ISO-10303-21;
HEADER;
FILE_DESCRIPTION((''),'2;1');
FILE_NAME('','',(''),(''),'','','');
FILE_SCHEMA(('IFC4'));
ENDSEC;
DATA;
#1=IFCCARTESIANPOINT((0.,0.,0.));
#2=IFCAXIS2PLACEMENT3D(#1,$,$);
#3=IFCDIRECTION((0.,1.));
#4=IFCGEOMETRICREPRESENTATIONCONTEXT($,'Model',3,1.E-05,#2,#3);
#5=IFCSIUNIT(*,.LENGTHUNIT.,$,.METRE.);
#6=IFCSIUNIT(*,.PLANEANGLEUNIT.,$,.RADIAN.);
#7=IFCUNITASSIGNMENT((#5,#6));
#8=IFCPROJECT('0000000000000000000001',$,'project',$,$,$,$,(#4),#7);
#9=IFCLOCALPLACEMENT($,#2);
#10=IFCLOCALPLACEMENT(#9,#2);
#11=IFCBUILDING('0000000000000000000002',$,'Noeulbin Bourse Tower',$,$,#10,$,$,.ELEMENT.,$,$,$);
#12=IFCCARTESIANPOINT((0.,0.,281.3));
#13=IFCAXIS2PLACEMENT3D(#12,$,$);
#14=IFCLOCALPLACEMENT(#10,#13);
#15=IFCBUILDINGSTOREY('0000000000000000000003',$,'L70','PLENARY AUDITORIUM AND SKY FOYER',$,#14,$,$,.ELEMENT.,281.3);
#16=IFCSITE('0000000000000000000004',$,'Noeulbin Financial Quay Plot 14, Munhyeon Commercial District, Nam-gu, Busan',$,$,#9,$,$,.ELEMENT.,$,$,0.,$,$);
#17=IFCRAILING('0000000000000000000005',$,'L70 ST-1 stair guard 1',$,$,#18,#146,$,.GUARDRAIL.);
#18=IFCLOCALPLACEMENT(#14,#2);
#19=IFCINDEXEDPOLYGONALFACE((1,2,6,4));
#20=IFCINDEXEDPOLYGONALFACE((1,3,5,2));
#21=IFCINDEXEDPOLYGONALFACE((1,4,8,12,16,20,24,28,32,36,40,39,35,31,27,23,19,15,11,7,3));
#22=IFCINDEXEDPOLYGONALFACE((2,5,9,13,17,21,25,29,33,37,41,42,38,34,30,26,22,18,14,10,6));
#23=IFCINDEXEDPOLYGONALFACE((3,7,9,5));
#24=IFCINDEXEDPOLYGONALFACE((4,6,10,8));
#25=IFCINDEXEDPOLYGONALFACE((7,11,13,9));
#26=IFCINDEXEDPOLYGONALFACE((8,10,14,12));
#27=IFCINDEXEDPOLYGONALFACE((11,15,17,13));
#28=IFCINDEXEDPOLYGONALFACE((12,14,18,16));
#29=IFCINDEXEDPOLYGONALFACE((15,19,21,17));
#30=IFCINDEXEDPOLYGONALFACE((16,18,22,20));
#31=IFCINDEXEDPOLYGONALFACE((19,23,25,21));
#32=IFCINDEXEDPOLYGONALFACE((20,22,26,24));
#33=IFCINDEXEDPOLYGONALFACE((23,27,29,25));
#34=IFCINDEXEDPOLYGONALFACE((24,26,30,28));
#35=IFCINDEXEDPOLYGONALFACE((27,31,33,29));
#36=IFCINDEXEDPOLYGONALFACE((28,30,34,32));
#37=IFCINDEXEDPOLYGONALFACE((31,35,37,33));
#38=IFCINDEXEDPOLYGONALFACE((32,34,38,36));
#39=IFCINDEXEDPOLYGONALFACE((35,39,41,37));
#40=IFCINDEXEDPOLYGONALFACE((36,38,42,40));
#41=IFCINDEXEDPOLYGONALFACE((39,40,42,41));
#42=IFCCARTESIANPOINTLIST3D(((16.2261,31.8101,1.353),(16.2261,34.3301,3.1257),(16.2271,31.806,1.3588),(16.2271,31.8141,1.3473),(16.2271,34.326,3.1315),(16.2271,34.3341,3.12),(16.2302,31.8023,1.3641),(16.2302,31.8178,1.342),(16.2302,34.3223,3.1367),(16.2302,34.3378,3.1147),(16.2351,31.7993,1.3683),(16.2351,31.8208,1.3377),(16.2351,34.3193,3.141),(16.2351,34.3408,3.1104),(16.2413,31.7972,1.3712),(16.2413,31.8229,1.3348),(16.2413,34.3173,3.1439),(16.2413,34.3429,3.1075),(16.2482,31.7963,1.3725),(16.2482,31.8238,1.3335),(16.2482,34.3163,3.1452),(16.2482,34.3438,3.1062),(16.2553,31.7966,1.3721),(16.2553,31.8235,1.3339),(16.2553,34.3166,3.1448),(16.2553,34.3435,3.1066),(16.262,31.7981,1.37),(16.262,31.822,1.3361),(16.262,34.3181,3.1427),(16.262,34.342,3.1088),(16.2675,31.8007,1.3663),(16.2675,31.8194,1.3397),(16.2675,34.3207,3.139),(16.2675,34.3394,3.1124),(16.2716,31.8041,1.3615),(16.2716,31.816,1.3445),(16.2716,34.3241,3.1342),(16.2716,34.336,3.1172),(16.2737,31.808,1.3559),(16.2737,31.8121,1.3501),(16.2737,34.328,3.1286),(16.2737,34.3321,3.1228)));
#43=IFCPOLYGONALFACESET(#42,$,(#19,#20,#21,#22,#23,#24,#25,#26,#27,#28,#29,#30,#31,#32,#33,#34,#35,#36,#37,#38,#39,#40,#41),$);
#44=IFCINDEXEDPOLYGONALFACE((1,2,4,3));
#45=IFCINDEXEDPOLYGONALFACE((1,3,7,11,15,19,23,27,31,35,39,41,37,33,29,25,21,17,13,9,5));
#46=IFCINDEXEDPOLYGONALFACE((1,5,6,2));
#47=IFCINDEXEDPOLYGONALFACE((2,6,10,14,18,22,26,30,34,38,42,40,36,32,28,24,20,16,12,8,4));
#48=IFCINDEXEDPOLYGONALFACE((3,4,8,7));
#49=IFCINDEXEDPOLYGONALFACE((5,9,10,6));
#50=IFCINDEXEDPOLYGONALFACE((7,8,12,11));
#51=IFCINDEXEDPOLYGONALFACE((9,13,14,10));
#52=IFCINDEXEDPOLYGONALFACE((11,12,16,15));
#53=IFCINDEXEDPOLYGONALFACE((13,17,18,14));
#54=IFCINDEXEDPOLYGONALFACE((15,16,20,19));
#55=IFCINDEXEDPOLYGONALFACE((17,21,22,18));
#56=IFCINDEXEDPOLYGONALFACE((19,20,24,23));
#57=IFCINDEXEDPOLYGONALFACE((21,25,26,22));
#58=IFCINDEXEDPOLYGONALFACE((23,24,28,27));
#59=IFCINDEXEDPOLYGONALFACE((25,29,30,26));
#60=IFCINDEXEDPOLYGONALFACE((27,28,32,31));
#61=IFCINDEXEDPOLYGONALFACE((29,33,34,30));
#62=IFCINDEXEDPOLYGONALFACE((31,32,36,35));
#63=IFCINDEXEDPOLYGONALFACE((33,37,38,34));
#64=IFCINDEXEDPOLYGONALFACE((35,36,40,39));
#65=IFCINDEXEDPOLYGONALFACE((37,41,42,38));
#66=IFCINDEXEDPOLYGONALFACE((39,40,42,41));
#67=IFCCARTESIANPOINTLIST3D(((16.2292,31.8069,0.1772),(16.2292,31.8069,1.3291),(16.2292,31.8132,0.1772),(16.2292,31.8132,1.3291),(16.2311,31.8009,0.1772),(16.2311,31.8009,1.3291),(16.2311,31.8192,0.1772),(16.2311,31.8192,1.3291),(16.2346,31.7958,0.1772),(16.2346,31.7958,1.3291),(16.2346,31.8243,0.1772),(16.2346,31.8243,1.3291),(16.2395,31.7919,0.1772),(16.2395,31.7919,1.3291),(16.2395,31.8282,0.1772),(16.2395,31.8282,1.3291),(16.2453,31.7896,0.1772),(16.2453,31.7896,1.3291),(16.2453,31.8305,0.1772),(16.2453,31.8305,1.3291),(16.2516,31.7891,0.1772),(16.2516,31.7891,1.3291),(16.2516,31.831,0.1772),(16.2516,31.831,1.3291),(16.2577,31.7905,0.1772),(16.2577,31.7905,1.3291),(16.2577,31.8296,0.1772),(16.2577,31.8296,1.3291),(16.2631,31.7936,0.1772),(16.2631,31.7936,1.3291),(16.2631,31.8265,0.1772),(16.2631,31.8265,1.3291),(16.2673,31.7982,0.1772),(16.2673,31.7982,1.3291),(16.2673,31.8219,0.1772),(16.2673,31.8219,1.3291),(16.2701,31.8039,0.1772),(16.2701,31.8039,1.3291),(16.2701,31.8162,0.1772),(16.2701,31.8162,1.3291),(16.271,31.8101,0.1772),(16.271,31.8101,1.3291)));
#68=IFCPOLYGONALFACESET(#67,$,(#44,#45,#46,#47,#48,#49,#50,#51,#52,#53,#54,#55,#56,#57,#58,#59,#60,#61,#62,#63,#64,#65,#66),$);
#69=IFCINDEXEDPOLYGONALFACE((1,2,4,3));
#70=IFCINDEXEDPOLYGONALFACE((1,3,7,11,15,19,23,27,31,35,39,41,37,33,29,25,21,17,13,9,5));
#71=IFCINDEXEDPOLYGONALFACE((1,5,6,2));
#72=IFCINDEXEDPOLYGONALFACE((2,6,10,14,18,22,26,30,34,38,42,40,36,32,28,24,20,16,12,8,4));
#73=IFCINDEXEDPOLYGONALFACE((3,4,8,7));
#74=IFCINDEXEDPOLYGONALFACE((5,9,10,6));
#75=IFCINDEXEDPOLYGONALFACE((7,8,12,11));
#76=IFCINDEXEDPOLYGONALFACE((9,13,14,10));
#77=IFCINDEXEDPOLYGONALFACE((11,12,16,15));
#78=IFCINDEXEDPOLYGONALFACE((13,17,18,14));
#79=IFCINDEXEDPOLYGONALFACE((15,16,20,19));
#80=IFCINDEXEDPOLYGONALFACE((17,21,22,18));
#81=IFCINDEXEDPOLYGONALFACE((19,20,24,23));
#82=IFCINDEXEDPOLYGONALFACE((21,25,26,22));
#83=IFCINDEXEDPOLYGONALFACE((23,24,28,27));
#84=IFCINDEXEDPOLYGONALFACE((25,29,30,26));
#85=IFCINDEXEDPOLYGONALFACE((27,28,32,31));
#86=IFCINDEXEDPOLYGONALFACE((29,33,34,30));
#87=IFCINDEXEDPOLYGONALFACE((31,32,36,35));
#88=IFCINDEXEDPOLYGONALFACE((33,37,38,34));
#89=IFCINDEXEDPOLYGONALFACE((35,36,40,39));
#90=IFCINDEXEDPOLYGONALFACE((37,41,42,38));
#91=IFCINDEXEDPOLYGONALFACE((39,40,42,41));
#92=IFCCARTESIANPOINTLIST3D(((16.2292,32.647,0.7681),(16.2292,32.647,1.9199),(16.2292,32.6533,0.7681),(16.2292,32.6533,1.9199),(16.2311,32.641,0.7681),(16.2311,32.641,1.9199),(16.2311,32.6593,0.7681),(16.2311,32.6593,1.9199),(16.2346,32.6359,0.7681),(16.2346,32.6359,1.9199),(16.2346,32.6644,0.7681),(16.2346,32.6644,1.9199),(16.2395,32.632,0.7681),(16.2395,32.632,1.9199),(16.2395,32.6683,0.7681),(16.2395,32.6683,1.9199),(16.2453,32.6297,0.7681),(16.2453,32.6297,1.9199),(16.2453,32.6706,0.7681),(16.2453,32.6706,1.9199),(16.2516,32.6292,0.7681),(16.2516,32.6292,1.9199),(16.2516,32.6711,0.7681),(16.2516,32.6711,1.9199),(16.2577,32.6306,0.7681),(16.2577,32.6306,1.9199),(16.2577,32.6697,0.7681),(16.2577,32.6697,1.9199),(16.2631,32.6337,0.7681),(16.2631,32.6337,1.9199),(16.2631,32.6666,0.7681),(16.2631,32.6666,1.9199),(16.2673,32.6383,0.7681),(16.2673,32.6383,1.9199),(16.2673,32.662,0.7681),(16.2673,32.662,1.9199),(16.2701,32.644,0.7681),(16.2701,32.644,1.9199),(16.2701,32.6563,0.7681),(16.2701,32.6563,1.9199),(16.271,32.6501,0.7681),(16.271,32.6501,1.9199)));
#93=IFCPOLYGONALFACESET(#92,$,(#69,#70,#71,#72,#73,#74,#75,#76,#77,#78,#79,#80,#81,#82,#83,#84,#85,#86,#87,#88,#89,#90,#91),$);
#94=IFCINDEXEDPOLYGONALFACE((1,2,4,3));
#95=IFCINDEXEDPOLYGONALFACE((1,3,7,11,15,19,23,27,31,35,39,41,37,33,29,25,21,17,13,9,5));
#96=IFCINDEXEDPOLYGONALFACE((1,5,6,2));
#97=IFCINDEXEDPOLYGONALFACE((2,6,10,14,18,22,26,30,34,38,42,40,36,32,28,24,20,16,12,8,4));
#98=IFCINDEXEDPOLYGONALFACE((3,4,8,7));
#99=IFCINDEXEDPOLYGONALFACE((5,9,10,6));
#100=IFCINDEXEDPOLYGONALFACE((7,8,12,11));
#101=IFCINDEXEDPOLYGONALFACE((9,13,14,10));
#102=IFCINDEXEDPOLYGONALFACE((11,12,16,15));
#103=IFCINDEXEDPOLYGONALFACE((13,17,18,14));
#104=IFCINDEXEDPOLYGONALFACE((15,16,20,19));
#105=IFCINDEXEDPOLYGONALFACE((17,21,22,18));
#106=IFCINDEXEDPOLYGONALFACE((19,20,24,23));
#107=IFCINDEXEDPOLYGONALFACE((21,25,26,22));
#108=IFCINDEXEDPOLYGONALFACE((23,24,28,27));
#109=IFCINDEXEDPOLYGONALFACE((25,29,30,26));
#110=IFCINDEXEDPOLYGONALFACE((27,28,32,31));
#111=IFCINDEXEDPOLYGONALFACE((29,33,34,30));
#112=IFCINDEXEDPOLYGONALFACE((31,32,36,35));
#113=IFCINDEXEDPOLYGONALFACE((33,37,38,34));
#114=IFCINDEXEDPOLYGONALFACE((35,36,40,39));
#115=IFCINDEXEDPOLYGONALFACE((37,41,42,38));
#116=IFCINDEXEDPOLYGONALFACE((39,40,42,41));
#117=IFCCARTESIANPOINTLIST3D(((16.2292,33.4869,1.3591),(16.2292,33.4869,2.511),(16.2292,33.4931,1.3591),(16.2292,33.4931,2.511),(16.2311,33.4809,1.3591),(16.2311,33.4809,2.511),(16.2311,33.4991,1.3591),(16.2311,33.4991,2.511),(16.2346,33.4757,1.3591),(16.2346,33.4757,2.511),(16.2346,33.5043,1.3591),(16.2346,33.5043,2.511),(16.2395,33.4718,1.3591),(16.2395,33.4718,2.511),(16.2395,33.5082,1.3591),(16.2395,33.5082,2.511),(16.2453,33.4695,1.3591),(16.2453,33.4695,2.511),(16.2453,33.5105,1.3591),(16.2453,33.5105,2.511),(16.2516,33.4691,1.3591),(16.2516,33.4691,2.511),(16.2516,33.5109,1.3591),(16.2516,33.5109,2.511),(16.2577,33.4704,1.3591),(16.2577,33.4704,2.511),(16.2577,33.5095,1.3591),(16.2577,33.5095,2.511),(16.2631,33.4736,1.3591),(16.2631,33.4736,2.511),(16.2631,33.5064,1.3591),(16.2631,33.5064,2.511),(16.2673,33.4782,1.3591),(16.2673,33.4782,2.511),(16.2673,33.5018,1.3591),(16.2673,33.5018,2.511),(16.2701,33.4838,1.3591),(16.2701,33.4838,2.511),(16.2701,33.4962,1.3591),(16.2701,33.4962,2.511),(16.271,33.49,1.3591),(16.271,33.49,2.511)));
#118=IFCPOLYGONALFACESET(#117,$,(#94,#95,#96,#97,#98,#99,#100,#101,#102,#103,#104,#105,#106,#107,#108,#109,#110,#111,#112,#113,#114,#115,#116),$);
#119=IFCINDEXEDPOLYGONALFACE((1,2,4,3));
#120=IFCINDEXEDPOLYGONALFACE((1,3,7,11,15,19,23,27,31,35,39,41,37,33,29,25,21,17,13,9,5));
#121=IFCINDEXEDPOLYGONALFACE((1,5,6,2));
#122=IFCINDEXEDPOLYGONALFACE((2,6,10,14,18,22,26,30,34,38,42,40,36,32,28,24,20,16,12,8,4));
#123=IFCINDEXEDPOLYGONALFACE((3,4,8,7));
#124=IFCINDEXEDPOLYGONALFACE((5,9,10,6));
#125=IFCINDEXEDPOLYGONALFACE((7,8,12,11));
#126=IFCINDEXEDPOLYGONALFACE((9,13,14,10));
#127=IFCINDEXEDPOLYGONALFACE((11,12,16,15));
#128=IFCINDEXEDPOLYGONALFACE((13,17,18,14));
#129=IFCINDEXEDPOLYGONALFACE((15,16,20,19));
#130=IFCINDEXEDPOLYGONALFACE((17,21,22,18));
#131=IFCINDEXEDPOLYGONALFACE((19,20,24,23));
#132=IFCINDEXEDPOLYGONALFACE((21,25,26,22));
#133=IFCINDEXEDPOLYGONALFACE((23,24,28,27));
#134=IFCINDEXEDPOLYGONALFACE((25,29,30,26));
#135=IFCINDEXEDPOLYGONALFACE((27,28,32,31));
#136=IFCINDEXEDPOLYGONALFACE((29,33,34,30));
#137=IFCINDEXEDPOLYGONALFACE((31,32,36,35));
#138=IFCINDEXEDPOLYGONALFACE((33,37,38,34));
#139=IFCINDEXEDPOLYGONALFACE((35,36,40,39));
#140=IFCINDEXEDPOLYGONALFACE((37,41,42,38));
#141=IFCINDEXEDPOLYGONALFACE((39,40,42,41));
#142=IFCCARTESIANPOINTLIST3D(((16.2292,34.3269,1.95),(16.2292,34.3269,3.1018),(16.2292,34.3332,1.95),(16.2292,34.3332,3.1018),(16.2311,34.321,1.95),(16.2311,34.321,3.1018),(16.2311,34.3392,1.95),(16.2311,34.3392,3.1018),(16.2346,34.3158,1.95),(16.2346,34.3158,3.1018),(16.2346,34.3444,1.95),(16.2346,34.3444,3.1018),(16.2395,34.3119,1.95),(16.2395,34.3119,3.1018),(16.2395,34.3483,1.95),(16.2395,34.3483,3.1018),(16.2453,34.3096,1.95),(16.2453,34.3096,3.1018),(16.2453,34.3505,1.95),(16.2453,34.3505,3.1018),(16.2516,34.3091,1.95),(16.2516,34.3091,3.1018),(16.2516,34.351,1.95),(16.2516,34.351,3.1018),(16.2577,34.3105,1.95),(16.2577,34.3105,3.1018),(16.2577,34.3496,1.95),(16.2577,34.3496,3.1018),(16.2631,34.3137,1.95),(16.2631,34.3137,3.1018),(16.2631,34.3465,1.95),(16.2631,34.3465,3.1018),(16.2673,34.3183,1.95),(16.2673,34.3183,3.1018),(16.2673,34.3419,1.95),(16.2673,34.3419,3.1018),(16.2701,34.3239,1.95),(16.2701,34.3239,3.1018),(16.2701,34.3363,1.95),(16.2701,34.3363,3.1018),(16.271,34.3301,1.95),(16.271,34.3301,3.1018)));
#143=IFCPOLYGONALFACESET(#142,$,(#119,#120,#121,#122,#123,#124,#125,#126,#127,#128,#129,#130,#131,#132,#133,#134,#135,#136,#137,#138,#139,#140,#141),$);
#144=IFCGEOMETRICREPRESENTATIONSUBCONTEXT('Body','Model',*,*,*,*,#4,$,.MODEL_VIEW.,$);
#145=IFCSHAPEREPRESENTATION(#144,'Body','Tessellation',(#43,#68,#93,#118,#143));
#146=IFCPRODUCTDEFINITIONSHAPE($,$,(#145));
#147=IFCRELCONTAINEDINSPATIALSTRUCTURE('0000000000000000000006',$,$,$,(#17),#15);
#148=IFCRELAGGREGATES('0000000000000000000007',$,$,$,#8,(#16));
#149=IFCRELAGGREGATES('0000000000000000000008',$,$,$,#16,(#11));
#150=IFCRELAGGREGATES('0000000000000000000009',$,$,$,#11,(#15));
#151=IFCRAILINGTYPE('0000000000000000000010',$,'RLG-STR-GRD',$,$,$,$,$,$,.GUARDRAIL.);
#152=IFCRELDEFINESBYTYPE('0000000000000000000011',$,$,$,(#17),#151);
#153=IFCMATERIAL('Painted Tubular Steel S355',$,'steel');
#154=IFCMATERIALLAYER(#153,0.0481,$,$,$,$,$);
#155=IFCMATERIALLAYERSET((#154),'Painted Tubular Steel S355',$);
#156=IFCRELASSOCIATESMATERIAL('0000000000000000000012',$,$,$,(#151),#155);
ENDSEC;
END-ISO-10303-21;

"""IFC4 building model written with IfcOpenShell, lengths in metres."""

from ifc_helpers import new_model, si_unit, direction, frame, origin, origin_2d, place, context, subcontext, project, spatial, circle, extrude, material, layer, layer_set, type_object, element, save


model = new_model("IFC4")

# Units and contexts
model_context = context("Model", 3, precision=1e-05, world=origin(), true_north=direction((0.0, 1.0)))
body_context = subcontext(model_context, "Body", "Model", "MODEL_VIEW")
ifc_project = project(units=[si_unit("LENGTHUNIT", "METRE"), si_unit("PLANEANGLEUNIT", "RADIAN")], contexts=[model_context])

# Site, building, storey
site_placement = place(None, origin())
site = spatial("IfcSite", under=ifc_project, at=site_placement, Name="Noeulbin Financial Quay Plot 14, Munhyeon Commercial District, Nam-gu, Busan", CompositionType="ELEMENT", RefElevation=0.0)
building_placement = place(site_placement, origin())
building = spatial("IfcBuilding", under=site, at=building_placement, Name="Noeulbin Bourse Tower", CompositionType="ELEMENT")
storey_placement = place(building_placement, frame((0.0, 0.0, 281.3)))
storey = spatial("IfcBuildingStorey", under=building, at=storey_placement, Name="L70", Description="PLENARY AUDITORIUM AND SKY FOYER", CompositionType="ELEMENT", Elevation=281.3)

# Railing
ifc_material_1 = material(Name="Painted Tubular Steel S355", Category="steel")
ifc_layer_1 = layer(ifc_material_1, 0.0481)
ifc_layer_set_1 = layer_set([ifc_layer_1], Name="Painted Tubular Steel S355")
railing_type_1 = type_object("IfcRailingType", Name="RLG-STR-GRD", PredefinedType="GUARDRAIL", material=ifc_layer_set_1)
railing_1_placement = place(storey_placement, frame((16.25, 31.8101, 0.1772)))
element("IfcRailing", 1, at=railing_1_placement, inside=storey, type_object=railing_type_1, Name="L70 ST-1 stair guard 1", PredefinedType="GUARDRAIL", context=body_context, shape_type="SweptSolid", body=[
    extrude(circle(Radius=0.0239, at=origin_2d()), frame((0.0, 0.0, 1.1758), z_axis=(0.0, 0.817904, 0.575354), x_axis=(-1.0, 0.0, 0.0)), (0.0, 0.0, 1.0), 3.0811),
    extrude(circle(Radius=0.021, at=origin_2d()), origin(), (0.0, 0.0, 1.0), 1.1519),
    extrude(circle(Radius=0.021, at=origin_2d()), frame((0.0, 0.8401, 0.5908)), (0.0, 0.0, 1.0), 1.1519),
    extrude(circle(Radius=0.021, at=origin_2d()), frame((0.0, 1.6799, 1.1819)), (0.0, 0.0, 1.0), 1.1519),
    extrude(circle(Radius=0.021, at=origin_2d()), frame((0.0, 2.52, 1.7727)), (0.0, 0.0, 1.0), 1.1519),
])

save(model, "model.ifc")
